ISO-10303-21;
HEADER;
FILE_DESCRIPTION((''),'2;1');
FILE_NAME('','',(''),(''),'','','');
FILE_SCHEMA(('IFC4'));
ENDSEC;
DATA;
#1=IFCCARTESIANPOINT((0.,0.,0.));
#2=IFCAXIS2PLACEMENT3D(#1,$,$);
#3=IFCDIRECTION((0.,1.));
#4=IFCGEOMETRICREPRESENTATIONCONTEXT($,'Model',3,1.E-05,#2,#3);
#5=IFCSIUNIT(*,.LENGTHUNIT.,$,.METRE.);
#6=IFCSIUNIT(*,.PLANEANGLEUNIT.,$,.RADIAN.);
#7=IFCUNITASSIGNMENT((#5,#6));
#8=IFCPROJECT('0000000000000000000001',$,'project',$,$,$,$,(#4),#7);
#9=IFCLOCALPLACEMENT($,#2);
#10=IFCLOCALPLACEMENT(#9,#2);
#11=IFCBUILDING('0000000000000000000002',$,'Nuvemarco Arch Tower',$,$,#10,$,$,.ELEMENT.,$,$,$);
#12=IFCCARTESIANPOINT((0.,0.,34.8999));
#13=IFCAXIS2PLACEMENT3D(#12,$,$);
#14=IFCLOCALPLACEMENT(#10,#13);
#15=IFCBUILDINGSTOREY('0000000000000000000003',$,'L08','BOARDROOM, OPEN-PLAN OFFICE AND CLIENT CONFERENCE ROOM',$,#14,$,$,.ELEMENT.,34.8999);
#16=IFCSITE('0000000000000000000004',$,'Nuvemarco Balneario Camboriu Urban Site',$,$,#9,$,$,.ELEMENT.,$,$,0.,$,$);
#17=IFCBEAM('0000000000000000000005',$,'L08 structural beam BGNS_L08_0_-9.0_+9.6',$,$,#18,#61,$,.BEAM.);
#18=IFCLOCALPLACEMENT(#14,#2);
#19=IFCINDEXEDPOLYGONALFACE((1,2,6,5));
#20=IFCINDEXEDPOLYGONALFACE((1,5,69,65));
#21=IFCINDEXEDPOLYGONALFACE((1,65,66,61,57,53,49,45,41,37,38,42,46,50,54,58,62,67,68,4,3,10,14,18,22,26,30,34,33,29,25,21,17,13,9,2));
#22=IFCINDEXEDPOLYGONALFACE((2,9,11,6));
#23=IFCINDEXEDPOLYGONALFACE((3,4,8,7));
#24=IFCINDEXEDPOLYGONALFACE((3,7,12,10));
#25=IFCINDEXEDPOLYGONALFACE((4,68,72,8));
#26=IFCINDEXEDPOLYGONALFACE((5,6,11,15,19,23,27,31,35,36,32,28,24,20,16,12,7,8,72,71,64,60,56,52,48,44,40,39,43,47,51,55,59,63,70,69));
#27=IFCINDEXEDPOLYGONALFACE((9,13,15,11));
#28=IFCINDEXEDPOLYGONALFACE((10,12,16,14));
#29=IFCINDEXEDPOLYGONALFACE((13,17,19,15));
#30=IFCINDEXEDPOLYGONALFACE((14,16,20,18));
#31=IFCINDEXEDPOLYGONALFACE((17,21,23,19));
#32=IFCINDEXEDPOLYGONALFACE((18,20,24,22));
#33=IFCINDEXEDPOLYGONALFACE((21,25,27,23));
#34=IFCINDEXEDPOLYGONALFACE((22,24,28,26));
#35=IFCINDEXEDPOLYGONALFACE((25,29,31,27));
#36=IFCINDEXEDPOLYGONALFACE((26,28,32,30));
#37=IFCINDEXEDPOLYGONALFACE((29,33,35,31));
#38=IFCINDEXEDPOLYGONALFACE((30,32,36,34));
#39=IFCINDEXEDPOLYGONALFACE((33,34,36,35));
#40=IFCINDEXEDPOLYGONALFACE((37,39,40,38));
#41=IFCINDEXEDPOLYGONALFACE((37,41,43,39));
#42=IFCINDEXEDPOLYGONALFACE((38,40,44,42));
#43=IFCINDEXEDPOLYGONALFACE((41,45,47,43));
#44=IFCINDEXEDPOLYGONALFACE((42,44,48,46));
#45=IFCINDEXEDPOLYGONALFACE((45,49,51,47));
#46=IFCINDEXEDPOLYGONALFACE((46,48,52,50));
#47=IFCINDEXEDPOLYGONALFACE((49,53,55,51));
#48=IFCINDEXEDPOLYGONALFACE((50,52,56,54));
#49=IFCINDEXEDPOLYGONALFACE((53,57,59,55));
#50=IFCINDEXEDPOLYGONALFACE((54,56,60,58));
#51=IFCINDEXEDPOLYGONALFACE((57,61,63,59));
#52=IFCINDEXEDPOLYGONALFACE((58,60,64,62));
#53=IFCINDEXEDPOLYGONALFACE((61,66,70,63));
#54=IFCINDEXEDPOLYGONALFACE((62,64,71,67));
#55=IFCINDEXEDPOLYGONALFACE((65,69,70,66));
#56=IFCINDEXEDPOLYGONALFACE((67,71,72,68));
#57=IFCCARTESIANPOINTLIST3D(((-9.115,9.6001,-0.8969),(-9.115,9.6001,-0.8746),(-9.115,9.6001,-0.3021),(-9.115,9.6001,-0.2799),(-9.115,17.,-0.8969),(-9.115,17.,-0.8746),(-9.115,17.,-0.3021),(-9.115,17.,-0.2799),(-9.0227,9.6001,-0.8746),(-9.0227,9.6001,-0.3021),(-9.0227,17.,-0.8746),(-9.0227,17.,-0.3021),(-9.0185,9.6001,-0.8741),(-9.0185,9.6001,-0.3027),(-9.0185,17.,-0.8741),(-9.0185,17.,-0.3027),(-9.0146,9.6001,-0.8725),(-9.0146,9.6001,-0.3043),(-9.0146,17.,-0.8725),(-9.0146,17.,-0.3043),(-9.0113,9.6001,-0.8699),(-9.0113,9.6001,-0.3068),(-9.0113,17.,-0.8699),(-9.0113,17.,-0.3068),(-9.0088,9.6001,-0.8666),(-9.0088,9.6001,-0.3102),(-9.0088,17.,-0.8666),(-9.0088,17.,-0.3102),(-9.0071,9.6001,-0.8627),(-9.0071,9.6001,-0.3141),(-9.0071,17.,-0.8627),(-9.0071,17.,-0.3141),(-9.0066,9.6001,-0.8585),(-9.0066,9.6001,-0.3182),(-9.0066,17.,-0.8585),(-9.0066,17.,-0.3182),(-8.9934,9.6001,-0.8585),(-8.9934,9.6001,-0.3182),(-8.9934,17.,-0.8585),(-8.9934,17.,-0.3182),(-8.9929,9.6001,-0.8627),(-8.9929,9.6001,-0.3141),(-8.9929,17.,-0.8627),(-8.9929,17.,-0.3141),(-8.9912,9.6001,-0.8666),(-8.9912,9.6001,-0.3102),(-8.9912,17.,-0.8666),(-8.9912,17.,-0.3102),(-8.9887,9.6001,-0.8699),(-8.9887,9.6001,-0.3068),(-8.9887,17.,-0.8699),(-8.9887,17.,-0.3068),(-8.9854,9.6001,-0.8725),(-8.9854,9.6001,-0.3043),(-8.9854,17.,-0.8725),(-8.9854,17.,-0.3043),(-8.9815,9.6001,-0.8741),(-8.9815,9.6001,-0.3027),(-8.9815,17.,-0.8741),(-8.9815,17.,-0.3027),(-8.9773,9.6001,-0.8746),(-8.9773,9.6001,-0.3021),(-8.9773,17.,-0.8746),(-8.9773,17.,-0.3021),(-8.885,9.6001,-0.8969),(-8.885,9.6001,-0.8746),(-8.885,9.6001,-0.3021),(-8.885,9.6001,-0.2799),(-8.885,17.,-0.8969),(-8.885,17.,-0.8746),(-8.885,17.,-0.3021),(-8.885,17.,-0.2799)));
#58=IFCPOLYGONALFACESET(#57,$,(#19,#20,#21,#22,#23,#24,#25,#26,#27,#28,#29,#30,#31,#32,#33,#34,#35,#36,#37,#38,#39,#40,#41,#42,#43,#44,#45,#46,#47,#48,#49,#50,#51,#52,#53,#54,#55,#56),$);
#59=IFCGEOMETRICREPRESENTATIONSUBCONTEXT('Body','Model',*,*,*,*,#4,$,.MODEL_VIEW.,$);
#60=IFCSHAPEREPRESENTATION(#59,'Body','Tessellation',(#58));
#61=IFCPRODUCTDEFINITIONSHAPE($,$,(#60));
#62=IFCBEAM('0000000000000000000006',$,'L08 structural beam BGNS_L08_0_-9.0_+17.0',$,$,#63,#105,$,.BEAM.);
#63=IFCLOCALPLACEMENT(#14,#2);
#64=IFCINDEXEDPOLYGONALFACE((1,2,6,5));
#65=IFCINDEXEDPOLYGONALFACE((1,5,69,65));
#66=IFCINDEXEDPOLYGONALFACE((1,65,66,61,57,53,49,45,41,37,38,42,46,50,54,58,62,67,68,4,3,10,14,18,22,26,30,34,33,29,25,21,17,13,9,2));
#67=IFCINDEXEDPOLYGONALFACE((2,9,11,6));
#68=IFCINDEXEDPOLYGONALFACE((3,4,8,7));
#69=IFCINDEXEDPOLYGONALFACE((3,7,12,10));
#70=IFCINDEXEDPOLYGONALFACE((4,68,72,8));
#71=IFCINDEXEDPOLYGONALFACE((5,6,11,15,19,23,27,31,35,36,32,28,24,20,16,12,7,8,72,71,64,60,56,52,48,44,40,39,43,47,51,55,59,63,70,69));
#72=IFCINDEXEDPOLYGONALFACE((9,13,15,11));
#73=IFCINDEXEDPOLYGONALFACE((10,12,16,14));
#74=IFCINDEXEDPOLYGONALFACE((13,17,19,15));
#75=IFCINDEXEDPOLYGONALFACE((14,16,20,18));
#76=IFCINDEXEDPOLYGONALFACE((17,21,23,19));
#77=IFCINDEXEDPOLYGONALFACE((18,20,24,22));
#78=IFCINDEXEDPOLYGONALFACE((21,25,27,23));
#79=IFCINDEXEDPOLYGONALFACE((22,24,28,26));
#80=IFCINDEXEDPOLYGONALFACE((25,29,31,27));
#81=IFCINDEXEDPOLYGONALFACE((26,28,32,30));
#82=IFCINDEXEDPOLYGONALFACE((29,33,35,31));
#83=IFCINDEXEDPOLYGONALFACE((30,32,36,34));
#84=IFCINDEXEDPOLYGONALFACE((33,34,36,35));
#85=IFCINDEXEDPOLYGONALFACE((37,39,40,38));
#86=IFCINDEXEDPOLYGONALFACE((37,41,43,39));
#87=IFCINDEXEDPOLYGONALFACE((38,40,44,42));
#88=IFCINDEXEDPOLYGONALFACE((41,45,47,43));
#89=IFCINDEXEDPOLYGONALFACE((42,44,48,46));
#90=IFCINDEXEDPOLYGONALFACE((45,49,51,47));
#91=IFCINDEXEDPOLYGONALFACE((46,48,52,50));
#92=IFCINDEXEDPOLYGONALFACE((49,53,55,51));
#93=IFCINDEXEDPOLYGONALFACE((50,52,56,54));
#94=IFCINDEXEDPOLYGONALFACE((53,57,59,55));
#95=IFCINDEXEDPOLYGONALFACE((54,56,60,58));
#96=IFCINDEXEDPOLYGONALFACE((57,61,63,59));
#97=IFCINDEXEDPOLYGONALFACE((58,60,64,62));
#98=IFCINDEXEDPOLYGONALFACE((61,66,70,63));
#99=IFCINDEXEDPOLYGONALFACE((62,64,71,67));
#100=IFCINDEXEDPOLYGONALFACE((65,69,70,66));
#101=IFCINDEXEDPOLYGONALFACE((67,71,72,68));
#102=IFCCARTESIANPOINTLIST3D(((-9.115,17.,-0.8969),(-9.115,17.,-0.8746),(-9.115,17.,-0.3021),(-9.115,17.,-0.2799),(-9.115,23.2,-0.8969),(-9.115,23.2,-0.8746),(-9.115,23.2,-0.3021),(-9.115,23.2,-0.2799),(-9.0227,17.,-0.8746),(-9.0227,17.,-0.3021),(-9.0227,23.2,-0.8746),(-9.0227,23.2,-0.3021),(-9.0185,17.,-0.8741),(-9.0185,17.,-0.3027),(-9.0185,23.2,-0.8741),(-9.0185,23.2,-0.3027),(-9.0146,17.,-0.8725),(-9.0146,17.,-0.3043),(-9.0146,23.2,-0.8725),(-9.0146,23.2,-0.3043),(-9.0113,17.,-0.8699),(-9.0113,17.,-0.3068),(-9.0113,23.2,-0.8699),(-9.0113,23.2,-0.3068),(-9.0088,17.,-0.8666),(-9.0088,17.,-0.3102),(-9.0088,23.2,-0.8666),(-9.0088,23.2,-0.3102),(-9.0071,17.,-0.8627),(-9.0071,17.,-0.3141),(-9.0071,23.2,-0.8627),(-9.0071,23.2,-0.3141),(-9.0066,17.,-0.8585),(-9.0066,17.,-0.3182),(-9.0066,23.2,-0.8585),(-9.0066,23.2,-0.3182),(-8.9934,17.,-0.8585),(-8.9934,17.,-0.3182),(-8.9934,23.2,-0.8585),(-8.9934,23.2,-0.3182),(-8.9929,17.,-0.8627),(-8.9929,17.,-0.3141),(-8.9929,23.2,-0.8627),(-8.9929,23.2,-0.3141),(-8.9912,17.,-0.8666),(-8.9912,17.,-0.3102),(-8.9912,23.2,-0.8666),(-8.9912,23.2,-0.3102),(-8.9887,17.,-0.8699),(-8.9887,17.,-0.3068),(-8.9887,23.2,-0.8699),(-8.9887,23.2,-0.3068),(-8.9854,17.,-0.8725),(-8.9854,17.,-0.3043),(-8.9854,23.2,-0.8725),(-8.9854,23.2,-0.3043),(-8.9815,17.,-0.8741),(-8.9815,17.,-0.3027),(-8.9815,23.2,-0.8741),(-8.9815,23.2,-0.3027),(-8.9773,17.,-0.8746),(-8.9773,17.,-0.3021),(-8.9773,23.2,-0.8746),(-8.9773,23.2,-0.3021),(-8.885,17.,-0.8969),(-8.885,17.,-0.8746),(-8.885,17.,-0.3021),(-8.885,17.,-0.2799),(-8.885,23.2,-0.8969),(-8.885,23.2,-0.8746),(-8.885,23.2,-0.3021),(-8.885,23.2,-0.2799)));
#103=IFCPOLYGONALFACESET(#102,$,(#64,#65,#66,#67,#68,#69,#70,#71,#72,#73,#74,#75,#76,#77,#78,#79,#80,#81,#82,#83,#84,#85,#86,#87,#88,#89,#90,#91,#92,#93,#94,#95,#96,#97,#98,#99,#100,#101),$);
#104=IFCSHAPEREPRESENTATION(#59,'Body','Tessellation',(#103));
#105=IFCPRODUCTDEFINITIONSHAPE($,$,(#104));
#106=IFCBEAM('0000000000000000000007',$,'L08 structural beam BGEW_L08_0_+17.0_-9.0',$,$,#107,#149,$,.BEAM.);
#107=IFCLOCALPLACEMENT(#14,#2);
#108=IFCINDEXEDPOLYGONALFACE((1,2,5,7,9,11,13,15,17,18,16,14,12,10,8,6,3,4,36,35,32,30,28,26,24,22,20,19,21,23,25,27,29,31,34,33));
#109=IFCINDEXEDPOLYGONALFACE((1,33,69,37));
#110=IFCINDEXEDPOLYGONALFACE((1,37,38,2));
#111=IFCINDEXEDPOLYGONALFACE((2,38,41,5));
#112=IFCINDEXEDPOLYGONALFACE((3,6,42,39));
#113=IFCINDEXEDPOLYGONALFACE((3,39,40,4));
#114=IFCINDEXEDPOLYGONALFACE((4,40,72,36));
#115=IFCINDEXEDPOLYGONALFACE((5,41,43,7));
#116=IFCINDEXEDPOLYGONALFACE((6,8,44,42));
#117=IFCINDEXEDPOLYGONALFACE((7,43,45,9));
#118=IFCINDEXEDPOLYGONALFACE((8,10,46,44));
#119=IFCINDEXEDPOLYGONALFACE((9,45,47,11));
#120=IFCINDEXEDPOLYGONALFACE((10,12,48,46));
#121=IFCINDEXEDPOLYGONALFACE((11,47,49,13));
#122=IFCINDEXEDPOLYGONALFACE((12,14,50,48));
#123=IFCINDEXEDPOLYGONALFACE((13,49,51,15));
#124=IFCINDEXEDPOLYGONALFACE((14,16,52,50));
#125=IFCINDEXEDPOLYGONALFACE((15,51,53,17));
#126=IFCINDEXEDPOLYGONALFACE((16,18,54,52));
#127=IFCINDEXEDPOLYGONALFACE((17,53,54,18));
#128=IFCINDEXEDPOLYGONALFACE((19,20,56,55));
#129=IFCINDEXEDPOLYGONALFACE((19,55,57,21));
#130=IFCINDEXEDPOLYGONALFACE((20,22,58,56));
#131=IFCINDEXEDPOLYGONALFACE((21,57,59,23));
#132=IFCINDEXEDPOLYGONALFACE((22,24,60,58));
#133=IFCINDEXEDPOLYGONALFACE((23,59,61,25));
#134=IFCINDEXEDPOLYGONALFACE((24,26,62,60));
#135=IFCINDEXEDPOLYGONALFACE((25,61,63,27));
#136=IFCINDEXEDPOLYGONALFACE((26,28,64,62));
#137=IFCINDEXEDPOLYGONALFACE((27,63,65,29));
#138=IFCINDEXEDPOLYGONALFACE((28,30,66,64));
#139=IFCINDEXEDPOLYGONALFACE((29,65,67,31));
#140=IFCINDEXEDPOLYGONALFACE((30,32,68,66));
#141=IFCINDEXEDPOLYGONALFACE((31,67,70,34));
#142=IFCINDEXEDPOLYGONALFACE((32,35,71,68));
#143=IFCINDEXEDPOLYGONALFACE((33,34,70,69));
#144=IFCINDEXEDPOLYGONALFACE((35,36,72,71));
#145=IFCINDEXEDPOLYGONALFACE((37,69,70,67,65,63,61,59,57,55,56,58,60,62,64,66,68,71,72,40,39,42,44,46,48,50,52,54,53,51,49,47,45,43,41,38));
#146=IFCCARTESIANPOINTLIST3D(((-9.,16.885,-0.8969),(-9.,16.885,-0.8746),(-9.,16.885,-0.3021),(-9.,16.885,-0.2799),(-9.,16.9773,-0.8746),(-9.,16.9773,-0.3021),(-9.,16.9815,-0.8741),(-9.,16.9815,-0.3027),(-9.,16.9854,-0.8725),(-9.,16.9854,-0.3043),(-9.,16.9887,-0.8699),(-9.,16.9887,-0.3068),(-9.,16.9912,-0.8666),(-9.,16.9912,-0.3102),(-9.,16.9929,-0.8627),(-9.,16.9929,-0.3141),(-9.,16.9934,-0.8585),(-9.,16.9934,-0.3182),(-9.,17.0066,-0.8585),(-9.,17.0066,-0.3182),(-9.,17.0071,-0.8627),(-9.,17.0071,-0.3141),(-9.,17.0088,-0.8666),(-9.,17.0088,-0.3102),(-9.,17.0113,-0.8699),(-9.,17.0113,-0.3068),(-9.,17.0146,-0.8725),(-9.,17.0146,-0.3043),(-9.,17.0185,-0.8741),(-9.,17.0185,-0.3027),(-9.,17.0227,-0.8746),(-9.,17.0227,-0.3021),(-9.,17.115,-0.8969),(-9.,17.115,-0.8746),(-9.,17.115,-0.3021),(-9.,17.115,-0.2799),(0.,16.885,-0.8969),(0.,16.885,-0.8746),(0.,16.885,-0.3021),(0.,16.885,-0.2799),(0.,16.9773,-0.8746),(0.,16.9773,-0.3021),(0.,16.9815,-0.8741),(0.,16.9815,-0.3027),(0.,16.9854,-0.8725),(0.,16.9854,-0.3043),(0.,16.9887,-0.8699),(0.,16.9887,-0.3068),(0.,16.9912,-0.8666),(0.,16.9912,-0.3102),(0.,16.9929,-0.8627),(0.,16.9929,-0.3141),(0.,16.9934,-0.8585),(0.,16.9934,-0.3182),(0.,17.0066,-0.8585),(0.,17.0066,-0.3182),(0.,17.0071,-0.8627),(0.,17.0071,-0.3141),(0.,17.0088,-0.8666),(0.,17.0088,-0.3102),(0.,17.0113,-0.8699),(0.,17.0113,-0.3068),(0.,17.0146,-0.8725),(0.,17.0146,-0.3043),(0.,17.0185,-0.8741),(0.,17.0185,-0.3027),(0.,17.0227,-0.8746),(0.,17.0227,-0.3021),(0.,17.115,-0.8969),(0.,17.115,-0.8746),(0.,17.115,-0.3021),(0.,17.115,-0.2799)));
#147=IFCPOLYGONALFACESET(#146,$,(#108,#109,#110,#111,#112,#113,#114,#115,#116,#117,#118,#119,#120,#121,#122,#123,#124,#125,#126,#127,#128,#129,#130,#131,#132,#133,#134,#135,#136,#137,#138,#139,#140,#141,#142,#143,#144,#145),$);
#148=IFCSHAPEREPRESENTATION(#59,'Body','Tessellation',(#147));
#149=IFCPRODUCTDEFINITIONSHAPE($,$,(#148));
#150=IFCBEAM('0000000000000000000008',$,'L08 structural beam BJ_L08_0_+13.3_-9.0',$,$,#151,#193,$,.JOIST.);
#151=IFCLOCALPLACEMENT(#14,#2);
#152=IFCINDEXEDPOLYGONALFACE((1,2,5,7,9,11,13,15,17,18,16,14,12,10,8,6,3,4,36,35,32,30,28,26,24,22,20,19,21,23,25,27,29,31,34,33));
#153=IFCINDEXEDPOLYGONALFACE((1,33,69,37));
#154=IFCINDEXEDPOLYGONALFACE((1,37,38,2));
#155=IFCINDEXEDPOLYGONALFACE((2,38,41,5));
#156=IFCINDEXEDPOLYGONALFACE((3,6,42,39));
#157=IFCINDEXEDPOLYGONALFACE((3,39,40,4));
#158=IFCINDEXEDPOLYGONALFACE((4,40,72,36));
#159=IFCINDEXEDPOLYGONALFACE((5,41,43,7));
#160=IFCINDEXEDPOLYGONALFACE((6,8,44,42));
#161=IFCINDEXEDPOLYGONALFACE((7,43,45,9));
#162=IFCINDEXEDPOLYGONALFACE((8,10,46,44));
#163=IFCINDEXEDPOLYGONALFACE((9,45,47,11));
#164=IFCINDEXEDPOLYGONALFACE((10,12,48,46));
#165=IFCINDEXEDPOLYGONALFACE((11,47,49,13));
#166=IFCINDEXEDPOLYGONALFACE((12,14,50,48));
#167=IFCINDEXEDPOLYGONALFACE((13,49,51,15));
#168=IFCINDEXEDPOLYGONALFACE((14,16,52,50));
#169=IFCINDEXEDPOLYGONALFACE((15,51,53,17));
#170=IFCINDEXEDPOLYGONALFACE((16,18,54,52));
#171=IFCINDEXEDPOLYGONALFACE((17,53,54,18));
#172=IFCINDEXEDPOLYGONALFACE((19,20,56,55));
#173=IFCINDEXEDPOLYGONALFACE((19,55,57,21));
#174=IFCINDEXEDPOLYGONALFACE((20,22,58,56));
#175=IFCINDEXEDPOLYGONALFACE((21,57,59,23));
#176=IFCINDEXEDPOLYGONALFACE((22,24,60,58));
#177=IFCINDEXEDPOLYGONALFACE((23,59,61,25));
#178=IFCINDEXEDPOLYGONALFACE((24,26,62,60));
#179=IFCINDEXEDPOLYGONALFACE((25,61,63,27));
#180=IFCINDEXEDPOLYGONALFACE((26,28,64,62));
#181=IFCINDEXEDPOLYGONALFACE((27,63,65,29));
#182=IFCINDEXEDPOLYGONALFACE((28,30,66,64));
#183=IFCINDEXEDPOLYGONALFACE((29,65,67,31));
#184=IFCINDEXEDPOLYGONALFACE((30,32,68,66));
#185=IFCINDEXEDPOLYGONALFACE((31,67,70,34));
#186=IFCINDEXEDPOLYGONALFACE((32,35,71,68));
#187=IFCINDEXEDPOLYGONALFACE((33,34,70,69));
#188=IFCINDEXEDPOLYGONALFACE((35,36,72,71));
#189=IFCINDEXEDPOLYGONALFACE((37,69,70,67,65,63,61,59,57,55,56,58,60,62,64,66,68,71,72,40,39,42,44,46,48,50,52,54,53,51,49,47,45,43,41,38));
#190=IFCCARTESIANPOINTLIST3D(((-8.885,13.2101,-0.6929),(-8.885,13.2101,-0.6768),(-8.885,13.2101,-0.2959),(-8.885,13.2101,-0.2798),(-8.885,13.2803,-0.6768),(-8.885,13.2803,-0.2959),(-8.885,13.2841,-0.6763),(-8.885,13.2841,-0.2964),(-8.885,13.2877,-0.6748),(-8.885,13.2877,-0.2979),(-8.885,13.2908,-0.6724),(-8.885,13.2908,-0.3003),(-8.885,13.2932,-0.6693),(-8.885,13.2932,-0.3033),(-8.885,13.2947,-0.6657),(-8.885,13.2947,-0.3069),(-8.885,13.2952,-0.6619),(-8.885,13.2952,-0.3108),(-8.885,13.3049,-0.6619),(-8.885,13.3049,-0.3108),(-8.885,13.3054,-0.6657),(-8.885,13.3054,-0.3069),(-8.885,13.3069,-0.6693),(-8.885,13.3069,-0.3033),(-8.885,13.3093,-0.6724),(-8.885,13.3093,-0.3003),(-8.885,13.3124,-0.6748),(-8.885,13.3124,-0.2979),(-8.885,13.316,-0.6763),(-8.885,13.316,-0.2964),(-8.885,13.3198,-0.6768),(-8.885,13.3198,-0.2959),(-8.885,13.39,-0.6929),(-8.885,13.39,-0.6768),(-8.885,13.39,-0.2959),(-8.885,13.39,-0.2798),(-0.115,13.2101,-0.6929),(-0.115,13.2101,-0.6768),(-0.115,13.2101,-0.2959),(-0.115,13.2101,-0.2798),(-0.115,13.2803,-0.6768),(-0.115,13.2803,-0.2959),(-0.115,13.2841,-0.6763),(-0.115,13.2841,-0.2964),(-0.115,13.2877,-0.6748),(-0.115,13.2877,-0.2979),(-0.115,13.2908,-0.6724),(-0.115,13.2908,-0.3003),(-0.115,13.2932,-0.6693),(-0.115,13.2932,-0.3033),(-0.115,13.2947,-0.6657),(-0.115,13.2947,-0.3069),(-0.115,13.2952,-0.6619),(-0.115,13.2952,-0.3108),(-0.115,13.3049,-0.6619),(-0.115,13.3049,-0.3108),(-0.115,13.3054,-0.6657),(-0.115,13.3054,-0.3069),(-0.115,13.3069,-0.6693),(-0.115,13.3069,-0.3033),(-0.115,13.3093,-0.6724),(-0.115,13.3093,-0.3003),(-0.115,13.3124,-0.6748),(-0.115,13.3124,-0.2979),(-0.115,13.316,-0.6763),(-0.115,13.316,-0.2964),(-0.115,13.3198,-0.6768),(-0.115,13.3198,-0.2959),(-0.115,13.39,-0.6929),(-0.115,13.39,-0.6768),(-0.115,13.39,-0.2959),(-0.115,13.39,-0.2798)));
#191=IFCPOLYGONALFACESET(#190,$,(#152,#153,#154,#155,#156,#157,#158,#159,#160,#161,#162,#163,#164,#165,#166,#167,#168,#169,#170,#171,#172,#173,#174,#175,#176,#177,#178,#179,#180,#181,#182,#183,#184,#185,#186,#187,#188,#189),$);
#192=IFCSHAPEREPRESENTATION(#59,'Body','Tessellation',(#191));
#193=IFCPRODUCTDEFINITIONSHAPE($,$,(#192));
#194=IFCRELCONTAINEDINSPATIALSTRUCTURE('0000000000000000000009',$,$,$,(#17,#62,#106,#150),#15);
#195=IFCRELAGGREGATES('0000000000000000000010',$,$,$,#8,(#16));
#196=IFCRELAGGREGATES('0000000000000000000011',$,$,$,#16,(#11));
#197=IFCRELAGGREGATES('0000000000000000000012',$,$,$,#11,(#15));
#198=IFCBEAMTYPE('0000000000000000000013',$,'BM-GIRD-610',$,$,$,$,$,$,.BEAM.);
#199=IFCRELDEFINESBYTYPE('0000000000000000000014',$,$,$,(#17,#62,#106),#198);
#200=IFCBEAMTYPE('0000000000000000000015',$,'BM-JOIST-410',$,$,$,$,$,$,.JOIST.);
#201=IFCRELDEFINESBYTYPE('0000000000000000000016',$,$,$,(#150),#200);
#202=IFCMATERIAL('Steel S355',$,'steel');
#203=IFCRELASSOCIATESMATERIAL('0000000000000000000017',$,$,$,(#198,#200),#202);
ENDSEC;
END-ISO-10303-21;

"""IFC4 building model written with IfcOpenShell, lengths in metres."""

from ifc_helpers import new_model, si_unit, direction, frame, origin, origin_2d, place, context, subcontext, project, spatial, i_section, extrude, material, material_profile, profile_set, type_object, element, save


model = new_model("IFC4")

# Units and contexts
model_context = context("Model", 3, precision=1e-05, world=origin(), true_north=direction((0.0, 1.0)))
body_context = subcontext(model_context, "Body", "Model", "MODEL_VIEW")
ifc_project = project(units=[si_unit("LENGTHUNIT", "METRE"), si_unit("PLANEANGLEUNIT", "RADIAN")], contexts=[model_context])

# Site, building, storey
site_placement = place(None, origin())
site = spatial("IfcSite", under=ifc_project, at=site_placement, Name="Nuvemarco Balneario Camboriu Urban Site", CompositionType="ELEMENT", RefElevation=0.0)
building_placement = place(site_placement, origin())
building = spatial("IfcBuilding", under=site, at=building_placement, Name="Nuvemarco Arch Tower", CompositionType="ELEMENT")
storey_placement = place(building_placement, frame((0.0, 0.0, 34.8999)))
storey = spatial("IfcBuildingStorey", under=building, at=storey_placement, Name="L08", Description="BOARDROOM, OPEN-PLAN OFFICE AND CLIENT CONFERENCE ROOM", CompositionType="ELEMENT", Elevation=34.8999)

# Shared definitions
ifc_material_1 = material(Name="Steel S355", Category="steel")

# Beams
ifc_material_profile_1 = material_profile(ifc_material_1, i_section(OverallWidth=0.23, OverallDepth=0.6169, WebThickness=0.0132, FlangeThickness=0.0222, FilletRadius=0.0161, at=origin_2d()), Name="W610x140")
ifc_profile_set_1 = profile_set([ifc_material_profile_1], Name="Steel S355")
beam_type_1 = type_object("IfcBeamType", Name="BM-GIRD-610", PredefinedType="BEAM", material=ifc_profile_set_1)
beam_1_placement = place(storey_placement, frame((-9.0, 9.6001, -0.5884), z_axis=(0.0, 1.0, 0.0), x_axis=(-1.0, 0.0, 0.0)))
element("IfcBeam", 1, at=beam_1_placement, inside=storey, type_object=beam_type_1, Name="L08 structural beam BGNS_L08_0_-9.0_+9.6", PredefinedType="BEAM", context=body_context, shape_type="SweptSolid", body=[
    extrude(i_section(OverallWidth=0.23, OverallDepth=0.6169, WebThickness=0.0132, FlangeThickness=0.0222, FilletRadius=0.0161, at=origin_2d()), origin(), (0.0, 0.0, 1.0), 7.3999),
])
beam_2_placement = place(storey_placement, frame((-9.0, 17.0, -0.5884), z_axis=(0.0, 1.0, 0.0), x_axis=(-1.0, 0.0, 0.0)))
element("IfcBeam", 2, at=beam_2_placement, inside=storey, type_object=beam_type_1, Name="L08 structural beam BGNS_L08_0_-9.0_+17.0", PredefinedType="BEAM", context=body_context, shape_type="SweptSolid", body=[
    extrude(i_section(OverallWidth=0.23, OverallDepth=0.6169, WebThickness=0.0132, FlangeThickness=0.0222, FilletRadius=0.0161, at=origin_2d()), origin(), (0.0, 0.0, 1.0), 6.2),
])
beam_3_placement = place(storey_placement, frame((-9.0, 17.0, -0.5884), z_axis=(1.0, 0.0, 0.0), x_axis=(0.0, 1.0, 0.0)))
element("IfcBeam", 3, at=beam_3_placement, inside=storey, type_object=beam_type_1, Name="L08 structural beam BGEW_L08_0_+17.0_-9.0", PredefinedType="BEAM", context=body_context, shape_type="SweptSolid", body=[
    extrude(i_section(OverallWidth=0.23, OverallDepth=0.6169, WebThickness=0.0132, FlangeThickness=0.0222, FilletRadius=0.0161, at=origin_2d()), origin(), (0.0, 0.0, 1.0), 9.0),
])
ifc_material_profile_2 = material_profile(ifc_material_1, i_section(OverallWidth=0.1799, OverallDepth=0.4131, WebThickness=0.0098, FlangeThickness=0.0161, FilletRadius=0.0149, at=origin_2d()), Name="W410x75")
ifc_profile_set_2 = profile_set([ifc_material_profile_2], Name="Steel S355")
beam_type_2 = type_object("IfcBeamType", Name="BM-JOIST-410", PredefinedType="JOIST", material=ifc_profile_set_2)
beam_4_placement = place(storey_placement, frame((-8.885, 13.3, -0.4863), z_axis=(1.0, 0.0, 0.0), x_axis=(0.0, 1.0, 0.0)))
element("IfcBeam", 4, at=beam_4_placement, inside=storey, type_object=beam_type_2, Name="L08 structural beam BJ_L08_0_+13.3_-9.0", PredefinedType="JOIST", context=body_context, shape_type="SweptSolid", body=[
    extrude(i_section(OverallWidth=0.1799, OverallDepth=0.4131, WebThickness=0.0098, FlangeThickness=0.0161, FilletRadius=0.0149, at=origin_2d()), origin(), (0.0, 0.0, 1.0), 8.77),
])

save(model, "model.ifc")
